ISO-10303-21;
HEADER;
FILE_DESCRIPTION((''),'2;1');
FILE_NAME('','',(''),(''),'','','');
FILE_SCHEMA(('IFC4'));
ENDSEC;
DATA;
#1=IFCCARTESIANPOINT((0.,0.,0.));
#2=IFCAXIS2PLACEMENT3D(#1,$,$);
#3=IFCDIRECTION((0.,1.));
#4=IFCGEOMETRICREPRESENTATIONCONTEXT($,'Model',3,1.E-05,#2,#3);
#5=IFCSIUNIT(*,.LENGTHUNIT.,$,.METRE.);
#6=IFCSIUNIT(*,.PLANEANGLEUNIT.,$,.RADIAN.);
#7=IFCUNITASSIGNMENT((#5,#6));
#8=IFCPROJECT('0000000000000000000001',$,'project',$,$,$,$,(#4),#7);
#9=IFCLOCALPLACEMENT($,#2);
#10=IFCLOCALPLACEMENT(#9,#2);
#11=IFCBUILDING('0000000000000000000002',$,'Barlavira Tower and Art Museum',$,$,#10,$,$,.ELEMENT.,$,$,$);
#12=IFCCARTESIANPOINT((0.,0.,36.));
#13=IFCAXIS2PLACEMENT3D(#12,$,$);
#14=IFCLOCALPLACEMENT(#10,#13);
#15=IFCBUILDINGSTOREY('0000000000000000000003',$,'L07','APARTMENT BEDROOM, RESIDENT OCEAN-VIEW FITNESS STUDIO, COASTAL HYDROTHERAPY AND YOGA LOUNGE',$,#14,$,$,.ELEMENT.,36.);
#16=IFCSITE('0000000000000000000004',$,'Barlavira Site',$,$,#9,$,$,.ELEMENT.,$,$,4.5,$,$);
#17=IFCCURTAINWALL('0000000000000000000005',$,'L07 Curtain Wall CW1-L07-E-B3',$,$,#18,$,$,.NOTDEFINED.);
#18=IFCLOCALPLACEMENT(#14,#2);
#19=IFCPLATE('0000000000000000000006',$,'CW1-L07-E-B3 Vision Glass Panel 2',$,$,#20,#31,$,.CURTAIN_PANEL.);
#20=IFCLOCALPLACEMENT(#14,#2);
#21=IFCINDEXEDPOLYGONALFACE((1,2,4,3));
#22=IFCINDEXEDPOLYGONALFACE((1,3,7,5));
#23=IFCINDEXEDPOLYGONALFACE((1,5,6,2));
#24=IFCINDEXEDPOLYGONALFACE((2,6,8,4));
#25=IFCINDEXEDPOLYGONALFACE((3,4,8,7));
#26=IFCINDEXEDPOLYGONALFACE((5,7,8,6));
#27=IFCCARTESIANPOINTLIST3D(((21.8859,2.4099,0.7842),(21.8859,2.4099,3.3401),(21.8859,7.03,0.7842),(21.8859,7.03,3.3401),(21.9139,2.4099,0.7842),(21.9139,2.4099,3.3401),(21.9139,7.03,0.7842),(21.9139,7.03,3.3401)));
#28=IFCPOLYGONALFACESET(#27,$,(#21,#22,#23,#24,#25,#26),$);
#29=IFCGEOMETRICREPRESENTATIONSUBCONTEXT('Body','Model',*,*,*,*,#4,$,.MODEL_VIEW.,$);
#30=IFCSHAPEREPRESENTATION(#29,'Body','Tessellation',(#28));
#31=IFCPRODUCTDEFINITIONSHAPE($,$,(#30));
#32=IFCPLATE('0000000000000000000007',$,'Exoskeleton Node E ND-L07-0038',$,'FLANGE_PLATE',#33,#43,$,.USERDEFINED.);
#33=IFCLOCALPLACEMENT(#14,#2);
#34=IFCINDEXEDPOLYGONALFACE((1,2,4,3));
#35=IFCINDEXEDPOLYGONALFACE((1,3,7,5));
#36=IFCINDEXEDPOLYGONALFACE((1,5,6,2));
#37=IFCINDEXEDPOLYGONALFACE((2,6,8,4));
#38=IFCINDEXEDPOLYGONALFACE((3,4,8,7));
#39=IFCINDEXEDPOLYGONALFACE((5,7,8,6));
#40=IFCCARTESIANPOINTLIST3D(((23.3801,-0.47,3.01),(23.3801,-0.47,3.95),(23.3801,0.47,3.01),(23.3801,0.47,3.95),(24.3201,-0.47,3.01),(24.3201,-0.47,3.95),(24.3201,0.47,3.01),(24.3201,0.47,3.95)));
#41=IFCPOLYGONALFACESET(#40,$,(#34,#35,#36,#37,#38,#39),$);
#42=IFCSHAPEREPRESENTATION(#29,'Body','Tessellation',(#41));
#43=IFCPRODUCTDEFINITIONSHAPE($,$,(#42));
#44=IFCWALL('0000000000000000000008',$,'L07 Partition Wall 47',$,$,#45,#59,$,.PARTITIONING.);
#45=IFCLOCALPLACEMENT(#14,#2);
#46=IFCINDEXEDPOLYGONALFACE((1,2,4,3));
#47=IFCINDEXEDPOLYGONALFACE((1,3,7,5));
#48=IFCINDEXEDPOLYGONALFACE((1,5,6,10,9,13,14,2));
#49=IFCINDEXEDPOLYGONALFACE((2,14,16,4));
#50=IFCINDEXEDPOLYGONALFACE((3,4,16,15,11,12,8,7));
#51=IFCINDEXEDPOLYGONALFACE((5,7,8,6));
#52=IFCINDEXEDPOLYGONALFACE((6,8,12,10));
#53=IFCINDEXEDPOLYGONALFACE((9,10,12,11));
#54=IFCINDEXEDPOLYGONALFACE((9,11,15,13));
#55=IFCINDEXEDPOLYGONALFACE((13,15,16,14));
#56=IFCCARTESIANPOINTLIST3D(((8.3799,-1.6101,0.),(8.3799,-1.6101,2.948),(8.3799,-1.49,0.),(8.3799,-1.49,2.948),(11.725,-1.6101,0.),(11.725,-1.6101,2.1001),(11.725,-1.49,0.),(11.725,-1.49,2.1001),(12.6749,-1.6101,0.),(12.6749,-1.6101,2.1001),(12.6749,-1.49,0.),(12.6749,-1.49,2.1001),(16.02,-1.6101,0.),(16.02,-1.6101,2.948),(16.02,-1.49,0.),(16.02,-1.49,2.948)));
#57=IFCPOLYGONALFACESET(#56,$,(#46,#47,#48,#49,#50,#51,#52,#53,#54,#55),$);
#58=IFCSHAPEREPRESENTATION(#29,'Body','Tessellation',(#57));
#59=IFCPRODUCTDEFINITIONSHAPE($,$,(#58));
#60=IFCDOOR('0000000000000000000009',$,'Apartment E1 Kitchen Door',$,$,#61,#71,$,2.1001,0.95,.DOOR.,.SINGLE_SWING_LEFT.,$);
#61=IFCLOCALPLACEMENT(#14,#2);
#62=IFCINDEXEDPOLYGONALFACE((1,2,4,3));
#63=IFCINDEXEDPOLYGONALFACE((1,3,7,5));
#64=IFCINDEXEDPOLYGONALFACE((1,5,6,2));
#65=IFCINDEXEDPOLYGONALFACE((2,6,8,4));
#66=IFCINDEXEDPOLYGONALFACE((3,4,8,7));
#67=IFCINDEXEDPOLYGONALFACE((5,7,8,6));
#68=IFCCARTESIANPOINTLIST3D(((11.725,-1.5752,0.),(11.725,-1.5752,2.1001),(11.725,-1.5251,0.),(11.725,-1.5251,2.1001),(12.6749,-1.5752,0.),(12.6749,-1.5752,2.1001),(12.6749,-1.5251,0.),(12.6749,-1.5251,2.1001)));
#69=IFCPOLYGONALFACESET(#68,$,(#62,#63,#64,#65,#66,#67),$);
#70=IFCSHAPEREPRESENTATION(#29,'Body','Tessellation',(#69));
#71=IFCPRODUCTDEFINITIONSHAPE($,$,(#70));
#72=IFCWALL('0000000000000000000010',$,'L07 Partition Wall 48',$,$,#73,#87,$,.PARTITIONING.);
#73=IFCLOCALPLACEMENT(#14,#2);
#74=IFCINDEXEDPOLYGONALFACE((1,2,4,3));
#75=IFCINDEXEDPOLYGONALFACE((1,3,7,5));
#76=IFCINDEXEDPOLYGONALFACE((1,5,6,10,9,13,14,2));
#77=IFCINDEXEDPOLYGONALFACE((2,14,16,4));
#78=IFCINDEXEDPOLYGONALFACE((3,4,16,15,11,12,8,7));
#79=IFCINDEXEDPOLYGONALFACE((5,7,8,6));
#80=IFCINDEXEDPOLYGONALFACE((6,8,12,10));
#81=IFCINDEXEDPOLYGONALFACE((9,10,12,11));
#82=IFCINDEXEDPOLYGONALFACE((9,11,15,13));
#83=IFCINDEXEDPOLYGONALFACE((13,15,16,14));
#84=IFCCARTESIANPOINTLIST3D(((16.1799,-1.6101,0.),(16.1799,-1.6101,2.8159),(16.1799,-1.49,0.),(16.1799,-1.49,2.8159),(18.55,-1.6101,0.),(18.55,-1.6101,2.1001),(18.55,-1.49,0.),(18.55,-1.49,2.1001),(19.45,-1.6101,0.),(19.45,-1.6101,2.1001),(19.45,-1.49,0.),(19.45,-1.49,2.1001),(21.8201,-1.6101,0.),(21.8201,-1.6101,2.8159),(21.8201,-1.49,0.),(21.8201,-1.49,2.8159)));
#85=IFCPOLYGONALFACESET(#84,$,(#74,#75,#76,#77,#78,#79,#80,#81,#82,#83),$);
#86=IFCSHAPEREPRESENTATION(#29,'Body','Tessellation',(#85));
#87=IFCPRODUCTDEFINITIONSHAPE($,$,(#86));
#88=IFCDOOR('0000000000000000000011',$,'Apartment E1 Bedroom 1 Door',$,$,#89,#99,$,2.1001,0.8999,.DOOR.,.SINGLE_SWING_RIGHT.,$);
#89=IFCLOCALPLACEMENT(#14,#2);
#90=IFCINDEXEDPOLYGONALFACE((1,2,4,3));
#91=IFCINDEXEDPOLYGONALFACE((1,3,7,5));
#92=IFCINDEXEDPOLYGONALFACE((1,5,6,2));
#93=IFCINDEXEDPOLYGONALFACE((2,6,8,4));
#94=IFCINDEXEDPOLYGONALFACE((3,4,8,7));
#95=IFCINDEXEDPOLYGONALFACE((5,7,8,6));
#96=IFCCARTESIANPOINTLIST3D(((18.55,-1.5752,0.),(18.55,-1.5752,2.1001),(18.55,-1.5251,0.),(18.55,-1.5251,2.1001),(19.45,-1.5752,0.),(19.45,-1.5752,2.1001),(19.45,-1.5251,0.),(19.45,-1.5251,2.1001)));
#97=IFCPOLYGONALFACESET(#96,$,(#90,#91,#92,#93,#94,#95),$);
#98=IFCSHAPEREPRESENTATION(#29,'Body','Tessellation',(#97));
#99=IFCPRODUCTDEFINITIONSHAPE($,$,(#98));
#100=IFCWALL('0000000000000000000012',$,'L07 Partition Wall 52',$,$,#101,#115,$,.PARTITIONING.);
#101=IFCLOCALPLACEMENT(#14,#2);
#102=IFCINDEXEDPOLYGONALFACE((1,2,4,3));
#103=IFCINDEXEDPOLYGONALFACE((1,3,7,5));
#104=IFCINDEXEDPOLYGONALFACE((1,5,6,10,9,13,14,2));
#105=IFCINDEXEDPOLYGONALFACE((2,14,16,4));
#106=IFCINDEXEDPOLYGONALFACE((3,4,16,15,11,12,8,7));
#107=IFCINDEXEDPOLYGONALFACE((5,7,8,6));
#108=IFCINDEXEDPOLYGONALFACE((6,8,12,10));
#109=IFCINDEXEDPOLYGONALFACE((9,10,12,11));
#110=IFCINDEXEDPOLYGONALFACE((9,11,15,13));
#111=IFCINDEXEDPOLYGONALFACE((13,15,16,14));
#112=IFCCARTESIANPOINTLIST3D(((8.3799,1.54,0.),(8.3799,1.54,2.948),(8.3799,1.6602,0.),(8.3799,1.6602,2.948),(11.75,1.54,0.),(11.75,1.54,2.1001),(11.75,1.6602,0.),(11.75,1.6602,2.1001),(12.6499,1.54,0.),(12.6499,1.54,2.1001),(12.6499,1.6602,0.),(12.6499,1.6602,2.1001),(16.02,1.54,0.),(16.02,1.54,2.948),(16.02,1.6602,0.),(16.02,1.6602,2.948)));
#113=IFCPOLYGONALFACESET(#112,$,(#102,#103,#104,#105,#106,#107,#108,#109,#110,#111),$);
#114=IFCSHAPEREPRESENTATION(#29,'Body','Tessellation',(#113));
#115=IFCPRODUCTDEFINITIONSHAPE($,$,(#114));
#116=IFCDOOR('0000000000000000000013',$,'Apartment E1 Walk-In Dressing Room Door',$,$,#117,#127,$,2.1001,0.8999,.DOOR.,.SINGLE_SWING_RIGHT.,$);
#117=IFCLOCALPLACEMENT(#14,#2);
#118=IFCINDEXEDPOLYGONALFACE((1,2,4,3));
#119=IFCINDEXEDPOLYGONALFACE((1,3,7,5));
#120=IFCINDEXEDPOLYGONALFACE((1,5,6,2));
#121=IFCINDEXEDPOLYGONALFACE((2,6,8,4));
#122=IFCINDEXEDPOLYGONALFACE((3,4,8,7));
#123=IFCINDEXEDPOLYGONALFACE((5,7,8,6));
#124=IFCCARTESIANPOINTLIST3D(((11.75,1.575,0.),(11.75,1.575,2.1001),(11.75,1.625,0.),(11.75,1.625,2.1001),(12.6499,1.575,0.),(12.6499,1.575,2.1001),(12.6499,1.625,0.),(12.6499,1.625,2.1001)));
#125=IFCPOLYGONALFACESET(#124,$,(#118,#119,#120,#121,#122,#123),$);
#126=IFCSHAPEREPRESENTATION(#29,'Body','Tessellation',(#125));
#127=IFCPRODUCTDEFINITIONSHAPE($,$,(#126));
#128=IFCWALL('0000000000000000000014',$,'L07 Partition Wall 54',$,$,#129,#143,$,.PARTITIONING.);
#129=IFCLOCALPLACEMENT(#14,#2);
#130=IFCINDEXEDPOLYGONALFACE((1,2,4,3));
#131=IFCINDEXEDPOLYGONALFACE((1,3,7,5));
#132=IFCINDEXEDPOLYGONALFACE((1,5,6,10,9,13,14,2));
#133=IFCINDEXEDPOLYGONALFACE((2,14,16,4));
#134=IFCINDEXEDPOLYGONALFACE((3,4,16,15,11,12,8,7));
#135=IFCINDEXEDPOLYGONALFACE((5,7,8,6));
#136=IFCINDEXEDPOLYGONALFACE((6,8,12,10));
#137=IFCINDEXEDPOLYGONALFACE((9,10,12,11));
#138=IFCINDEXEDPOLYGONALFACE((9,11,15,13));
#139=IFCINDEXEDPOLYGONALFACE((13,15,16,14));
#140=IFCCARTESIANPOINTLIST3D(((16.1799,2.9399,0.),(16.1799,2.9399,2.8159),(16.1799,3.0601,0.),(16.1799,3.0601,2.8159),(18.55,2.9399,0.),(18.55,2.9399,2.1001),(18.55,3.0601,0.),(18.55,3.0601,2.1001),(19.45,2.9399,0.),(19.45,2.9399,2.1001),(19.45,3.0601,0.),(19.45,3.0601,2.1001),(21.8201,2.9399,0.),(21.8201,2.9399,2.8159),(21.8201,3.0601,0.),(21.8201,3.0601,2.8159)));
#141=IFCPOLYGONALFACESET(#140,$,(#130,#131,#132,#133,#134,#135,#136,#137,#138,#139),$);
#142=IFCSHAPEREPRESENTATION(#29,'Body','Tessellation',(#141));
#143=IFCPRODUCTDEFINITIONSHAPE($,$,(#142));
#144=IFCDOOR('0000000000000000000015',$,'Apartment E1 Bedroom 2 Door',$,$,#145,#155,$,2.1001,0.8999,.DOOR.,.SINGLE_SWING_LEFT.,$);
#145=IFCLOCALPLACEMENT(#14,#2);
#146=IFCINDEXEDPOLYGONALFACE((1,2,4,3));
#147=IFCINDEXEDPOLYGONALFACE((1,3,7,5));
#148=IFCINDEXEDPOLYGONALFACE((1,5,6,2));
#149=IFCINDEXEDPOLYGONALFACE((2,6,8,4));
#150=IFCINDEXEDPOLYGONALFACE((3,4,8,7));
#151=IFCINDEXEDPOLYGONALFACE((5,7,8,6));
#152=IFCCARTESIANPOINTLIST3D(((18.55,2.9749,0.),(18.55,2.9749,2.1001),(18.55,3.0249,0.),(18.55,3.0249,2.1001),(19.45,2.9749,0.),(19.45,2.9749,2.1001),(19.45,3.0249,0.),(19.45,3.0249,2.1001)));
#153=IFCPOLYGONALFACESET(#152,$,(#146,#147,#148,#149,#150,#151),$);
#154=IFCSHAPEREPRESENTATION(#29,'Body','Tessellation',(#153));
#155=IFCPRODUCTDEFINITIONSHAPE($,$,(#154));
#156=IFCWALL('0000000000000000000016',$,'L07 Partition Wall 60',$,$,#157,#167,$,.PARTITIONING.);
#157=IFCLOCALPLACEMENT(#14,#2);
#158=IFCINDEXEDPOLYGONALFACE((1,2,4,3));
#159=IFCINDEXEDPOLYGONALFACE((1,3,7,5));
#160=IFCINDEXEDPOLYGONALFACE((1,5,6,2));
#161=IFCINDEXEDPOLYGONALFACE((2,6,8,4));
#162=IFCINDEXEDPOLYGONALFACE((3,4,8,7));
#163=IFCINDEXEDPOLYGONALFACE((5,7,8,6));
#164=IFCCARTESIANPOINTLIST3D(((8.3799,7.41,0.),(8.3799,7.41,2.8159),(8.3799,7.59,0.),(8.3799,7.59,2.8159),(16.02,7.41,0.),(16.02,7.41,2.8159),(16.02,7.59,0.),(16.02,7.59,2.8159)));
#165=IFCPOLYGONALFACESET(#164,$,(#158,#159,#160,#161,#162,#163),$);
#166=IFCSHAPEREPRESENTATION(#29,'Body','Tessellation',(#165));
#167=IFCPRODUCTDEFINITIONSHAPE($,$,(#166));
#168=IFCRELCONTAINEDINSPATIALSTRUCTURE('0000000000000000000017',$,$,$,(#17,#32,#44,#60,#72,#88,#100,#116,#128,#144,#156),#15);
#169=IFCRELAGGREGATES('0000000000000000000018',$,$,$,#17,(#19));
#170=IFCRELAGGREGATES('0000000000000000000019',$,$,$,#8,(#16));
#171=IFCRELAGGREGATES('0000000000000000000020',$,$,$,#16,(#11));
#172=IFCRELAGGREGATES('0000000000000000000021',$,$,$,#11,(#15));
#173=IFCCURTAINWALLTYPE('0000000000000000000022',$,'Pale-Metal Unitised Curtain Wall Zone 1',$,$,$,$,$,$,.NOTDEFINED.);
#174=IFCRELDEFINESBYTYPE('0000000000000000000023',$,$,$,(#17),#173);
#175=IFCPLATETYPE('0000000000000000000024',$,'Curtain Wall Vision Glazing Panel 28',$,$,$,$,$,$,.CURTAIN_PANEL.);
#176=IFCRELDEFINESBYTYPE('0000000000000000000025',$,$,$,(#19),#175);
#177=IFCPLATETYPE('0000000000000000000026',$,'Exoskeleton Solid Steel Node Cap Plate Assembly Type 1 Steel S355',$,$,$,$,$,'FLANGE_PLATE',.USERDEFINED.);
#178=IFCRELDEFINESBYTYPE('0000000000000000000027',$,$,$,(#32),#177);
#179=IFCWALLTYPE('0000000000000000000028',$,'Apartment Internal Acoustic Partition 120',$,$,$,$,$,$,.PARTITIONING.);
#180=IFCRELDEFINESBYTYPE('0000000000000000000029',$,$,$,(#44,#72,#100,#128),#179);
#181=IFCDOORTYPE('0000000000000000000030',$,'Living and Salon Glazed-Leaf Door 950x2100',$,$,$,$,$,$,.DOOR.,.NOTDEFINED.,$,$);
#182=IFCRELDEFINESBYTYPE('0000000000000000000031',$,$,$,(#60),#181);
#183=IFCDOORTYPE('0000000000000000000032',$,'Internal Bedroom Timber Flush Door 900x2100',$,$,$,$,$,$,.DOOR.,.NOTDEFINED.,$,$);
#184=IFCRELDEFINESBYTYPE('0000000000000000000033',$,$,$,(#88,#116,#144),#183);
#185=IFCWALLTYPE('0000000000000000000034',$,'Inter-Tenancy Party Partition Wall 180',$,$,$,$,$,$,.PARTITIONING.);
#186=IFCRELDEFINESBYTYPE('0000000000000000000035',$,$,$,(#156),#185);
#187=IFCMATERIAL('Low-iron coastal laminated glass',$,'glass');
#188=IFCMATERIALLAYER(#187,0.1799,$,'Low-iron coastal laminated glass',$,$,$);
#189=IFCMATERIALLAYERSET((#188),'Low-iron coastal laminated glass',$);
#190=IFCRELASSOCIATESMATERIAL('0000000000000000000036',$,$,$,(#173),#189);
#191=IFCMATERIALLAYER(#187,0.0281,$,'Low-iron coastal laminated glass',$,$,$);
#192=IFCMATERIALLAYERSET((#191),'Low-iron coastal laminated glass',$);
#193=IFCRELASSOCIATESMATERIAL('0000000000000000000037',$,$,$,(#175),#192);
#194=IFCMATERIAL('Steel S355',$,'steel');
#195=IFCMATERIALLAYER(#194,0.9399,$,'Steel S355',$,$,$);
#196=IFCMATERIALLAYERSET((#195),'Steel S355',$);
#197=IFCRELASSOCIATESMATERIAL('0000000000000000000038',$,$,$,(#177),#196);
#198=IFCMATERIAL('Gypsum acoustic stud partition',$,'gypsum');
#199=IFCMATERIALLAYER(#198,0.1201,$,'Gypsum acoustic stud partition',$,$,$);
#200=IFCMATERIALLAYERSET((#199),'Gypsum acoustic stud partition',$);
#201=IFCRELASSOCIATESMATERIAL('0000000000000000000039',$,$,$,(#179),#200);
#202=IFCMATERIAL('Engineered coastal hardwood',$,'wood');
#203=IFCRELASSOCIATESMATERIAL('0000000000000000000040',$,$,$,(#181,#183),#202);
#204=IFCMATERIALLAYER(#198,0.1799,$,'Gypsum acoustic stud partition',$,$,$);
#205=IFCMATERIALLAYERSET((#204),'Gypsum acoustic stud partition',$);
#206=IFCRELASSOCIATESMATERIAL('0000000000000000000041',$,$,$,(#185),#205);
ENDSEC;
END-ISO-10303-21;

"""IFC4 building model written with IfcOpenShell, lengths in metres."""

from ifc_helpers import new_model, si_unit, direction, frame, frame_2d, origin, origin_2d, place, context, subcontext, project, spatial, rectangle, extrude, material, layer, layer_set, type_object, element, fill, aggregate, save


model = new_model("IFC4")

# Units and contexts
model_context = context("Model", 3, precision=1e-05, world=origin(), true_north=direction((0.0, 1.0)))
body_context = subcontext(model_context, "Body", "Model", "MODEL_VIEW")
ifc_project = project(units=[si_unit("LENGTHUNIT", "METRE"), si_unit("PLANEANGLEUNIT", "RADIAN")], contexts=[model_context])

# Site, building, storey
site_placement = place(None, origin())
site = spatial("IfcSite", under=ifc_project, at=site_placement, Name="Barlavira Site", CompositionType="ELEMENT", RefElevation=4.5)
building_placement = place(site_placement, origin())
building = spatial("IfcBuilding", under=site, at=building_placement, Name="Barlavira Tower and Art Museum", CompositionType="ELEMENT")
storey_placement = place(building_placement, frame((0.0, 0.0, 36.0)))
storey = spatial("IfcBuildingStorey", under=building, at=storey_placement, Name="L07", Description="APARTMENT BEDROOM, RESIDENT OCEAN-VIEW FITNESS STUDIO, COASTAL HYDROTHERAPY AND YOGA LOUNGE", CompositionType="ELEMENT", Elevation=36.0)

# Curtain wall
ifc_material_1 = material(Name="Low-iron coastal laminated glass", Category="glass")
ifc_layer_1 = layer(ifc_material_1, 0.1799, Name="Low-iron coastal laminated glass")
ifc_layer_set_1 = layer_set([ifc_layer_1], Name="Low-iron coastal laminated glass")
curtain_wall_type = type_object("IfcCurtainWallType", Name="Pale-Metal Unitised Curtain Wall Zone 1", PredefinedType="NOTDEFINED", material=ifc_layer_set_1)
curtain_wall_placement = place(storey_placement, origin())
curtain_wall = element("IfcCurtainWall", 1, at=curtain_wall_placement, inside=storey, type_object=curtain_wall_type, Name="L07 Curtain Wall CW1-L07-E-B3", PredefinedType="NOTDEFINED")

# Shared definitions
ifc_material_2 = material(Name="Steel S355", Category="steel")

# Plates
ifc_layer_2 = layer(ifc_material_1, 0.0281, Name="Low-iron coastal laminated glass")
ifc_layer_set_2 = layer_set([ifc_layer_2], Name="Low-iron coastal laminated glass")
plate_type_1 = type_object("IfcPlateType", Name="Curtain Wall Vision Glazing Panel 28", PredefinedType="CURTAIN_PANEL", material=ifc_layer_set_2)
plate_1_placement = place(storey_placement, frame((21.8999, 4.72, 0.7842), z_axis=(0.0, 0.0, 1.0), x_axis=(0.0, 1.0, 0.0)))
plate_1 = element("IfcPlate", 2, at=plate_1_placement, type_object=plate_type_1, Name="CW1-L07-E-B3 Vision Glass Panel 2", PredefinedType="CURTAIN_PANEL", context=body_context, shape_type="SweptSolid", body=[
    extrude(rectangle(XDim=4.6201, YDim=0.0281, at=origin_2d()), origin(), (0.0, 0.0, 1.0), 2.5559),
])
aggregate(curtain_wall, [plate_1])
ifc_layer_3 = layer(ifc_material_2, 0.9399, Name="Steel S355")
ifc_layer_set_3 = layer_set([ifc_layer_3], Name="Steel S355")
plate_type_2 = type_object("IfcPlateType", Name="Exoskeleton Solid Steel Node Cap Plate Assembly Type 1 Steel S355", ElementType="FLANGE_PLATE", PredefinedType="USERDEFINED", material=ifc_layer_set_3)
plate_2_placement = place(storey_placement, frame((23.8501, 0.0, 3.01), z_axis=(0.0, 0.0, 1.0), x_axis=(1.0, 0.0, 0.0)))
element("IfcPlate", 3, at=plate_2_placement, inside=storey, type_object=plate_type_2, Name="Exoskeleton Node E ND-L07-0038", ObjectType="FLANGE_PLATE", PredefinedType="USERDEFINED", context=body_context, shape_type="SweptSolid", body=[
    extrude(rectangle(XDim=0.9399, YDim=0.9399, at=origin_2d()), origin(), (0.0, 0.0, 1.0), 0.9399),
])

# Walls, openings, doors
ifc_material_3 = material(Name="Gypsum acoustic stud partition", Category="gypsum")
ifc_layer_4 = layer(ifc_material_3, 0.1201, Name="Gypsum acoustic stud partition")
ifc_layer_set_4 = layer_set([ifc_layer_4], Name="Gypsum acoustic stud partition")
wall_type_1 = type_object("IfcWallType", Name="Apartment Internal Acoustic Partition 120", PredefinedType="PARTITIONING", material=ifc_layer_set_4)
wall_1_placement = place(storey_placement, frame((8.3799, -1.55, 0.0), z_axis=(0.0, 0.0, 1.0), x_axis=(1.0, 0.0, 0.0)))
wall_1 = element("IfcWall", 4, at=wall_1_placement, inside=storey, type_object=wall_type_1, Name="L07 Partition Wall 47", PredefinedType="PARTITIONING", context=body_context, shape_type="SweptSolid", body=[
    extrude(rectangle(XDim=7.6401, YDim=0.1201, at=frame_2d((3.8201, 0.0))), origin(), (0.0, 0.0, 1.0), 2.948),
])
opening_1_placement = place(wall_1_placement, frame((3.345, 0.0, 0.0)))
opening_1 = element("IfcOpeningElement", 5, at=opening_1_placement, cuts=wall_1, PredefinedType="OPENING", context=body_context, shape_type="SweptSolid", body=[
    extrude(rectangle(XDim=0.95, YDim=2.1001, at=frame_2d((0.4751, 1.05))), frame((0.0, 0.0701, 0.0), z_axis=(0.0, -1.0, 0.0), x_axis=(1.0, 0.0, 0.0)), (0.0, 0.0, 1.0), 0.1401),
])
ifc_material_4 = material(Name="Engineered coastal hardwood", Category="wood")
door_type_1 = type_object("IfcDoorType", Name="Living and Salon Glazed-Leaf Door 950x2100", OperationType="NOTDEFINED", PredefinedType="DOOR", material=ifc_material_4)
door_1_placement = place(opening_1_placement, origin())
door_1 = element("IfcDoor", 6, at=door_1_placement, inside=storey, type_object=door_type_1, Name="Apartment E1 Kitchen Door", OperationType="SINGLE_SWING_LEFT", OverallHeight=2.1001, OverallWidth=0.95, PredefinedType="DOOR", context=body_context, shape_type="SweptSolid", body=[
    extrude(rectangle(XDim=0.95, YDim=2.1001, at=frame_2d((0.4751, 1.05))), frame((0.0, 0.0249, 0.0), z_axis=(0.0, -1.0, 0.0), x_axis=(1.0, 0.0, 0.0)), (0.0, 0.0, 1.0), 0.05),
])
fill(opening_1, door_1)
wall_2_placement = place(storey_placement, frame((16.1799, -1.55, 0.0), z_axis=(0.0, 0.0, 1.0), x_axis=(1.0, 0.0, 0.0)))
wall_2 = element("IfcWall", 7, at=wall_2_placement, inside=storey, type_object=wall_type_1, Name="L07 Partition Wall 48", PredefinedType="PARTITIONING", context=body_context, shape_type="SweptSolid", body=[
    extrude(rectangle(XDim=5.6401, YDim=0.1201, at=frame_2d((2.8201, 0.0))), origin(), (0.0, 0.0, 1.0), 2.8159),
])
opening_2_placement = place(wall_2_placement, frame((2.3701, 0.0, 0.0)))
opening_2 = element("IfcOpeningElement", 8, at=opening_2_placement, cuts=wall_2, PredefinedType="OPENING", context=body_context, shape_type="SweptSolid", body=[
    extrude(rectangle(XDim=0.8999, YDim=2.1001, at=frame_2d((0.45, 1.05))), frame((0.0, 0.0701, 0.0), z_axis=(0.0, -1.0, 0.0), x_axis=(1.0, 0.0, 0.0)), (0.0, 0.0, 1.0), 0.1401),
])
door_type_2 = type_object("IfcDoorType", Name="Internal Bedroom Timber Flush Door 900x2100", OperationType="NOTDEFINED", PredefinedType="DOOR", material=ifc_material_4)
door_2_placement = place(opening_2_placement, origin())
door_2 = element("IfcDoor", 9, at=door_2_placement, inside=storey, type_object=door_type_2, Name="Apartment E1 Bedroom 1 Door", OperationType="SINGLE_SWING_RIGHT", OverallHeight=2.1001, OverallWidth=0.8999, PredefinedType="DOOR", context=body_context, shape_type="SweptSolid", body=[
    extrude(rectangle(XDim=0.8999, YDim=2.1001, at=frame_2d((0.45, 1.05))), frame((0.0, 0.0249, 0.0), z_axis=(0.0, -1.0, 0.0), x_axis=(1.0, 0.0, 0.0)), (0.0, 0.0, 1.0), 0.05),
])
fill(opening_2, door_2)
wall_3_placement = place(storey_placement, frame((8.3799, 1.6001, 0.0), z_axis=(0.0, 0.0, 1.0), x_axis=(1.0, 0.0, 0.0)))
wall_3 = element("IfcWall", 10, at=wall_3_placement, inside=storey, type_object=wall_type_1, Name="L07 Partition Wall 52", PredefinedType="PARTITIONING", context=body_context, shape_type="SweptSolid", body=[
    extrude(rectangle(XDim=7.6401, YDim=0.1201, at=frame_2d((3.8201, 0.0))), origin(), (0.0, 0.0, 1.0), 2.948),
])
opening_3_placement = place(wall_3_placement, frame((3.3701, 0.0, 0.0)))
opening_3 = element("IfcOpeningElement", 11, at=opening_3_placement, cuts=wall_3, PredefinedType="OPENING", context=body_context, shape_type="SweptSolid", body=[
    extrude(rectangle(XDim=0.8999, YDim=2.1001, at=frame_2d((0.45, 1.05))), frame((0.0, 0.0701, 0.0), z_axis=(0.0, -1.0, 0.0), x_axis=(1.0, 0.0, 0.0)), (0.0, 0.0, 1.0), 0.1401),
])
door_3_placement = place(opening_3_placement, origin())
door_3 = element("IfcDoor", 12, at=door_3_placement, inside=storey, type_object=door_type_2, Name="Apartment E1 Walk-In Dressing Room Door", OperationType="SINGLE_SWING_RIGHT", OverallHeight=2.1001, OverallWidth=0.8999, PredefinedType="DOOR", context=body_context, shape_type="SweptSolid", body=[
    extrude(rectangle(XDim=0.8999, YDim=2.1001, at=frame_2d((0.45, 1.05))), frame((0.0, 0.0249, 0.0), z_axis=(0.0, -1.0, 0.0), x_axis=(1.0, 0.0, 0.0)), (0.0, 0.0, 1.0), 0.05),
])
fill(opening_3, door_3)
wall_4_placement = place(storey_placement, frame((16.1799, 3.0, 0.0), z_axis=(0.0, 0.0, 1.0), x_axis=(1.0, 0.0, 0.0)))
wall_4 = element("IfcWall", 13, at=wall_4_placement, inside=storey, type_object=wall_type_1, Name="L07 Partition Wall 54", PredefinedType="PARTITIONING", context=body_context, shape_type="SweptSolid", body=[
    extrude(rectangle(XDim=5.6401, YDim=0.1201, at=frame_2d((2.8201, 0.0))), origin(), (0.0, 0.0, 1.0), 2.8159),
])
opening_4_placement = place(wall_4_placement, frame((2.3701, 0.0, 0.0)))
opening_4 = element("IfcOpeningElement", 14, at=opening_4_placement, cuts=wall_4, PredefinedType="OPENING", context=body_context, shape_type="SweptSolid", body=[
    extrude(rectangle(XDim=0.8999, YDim=2.1001, at=frame_2d((0.45, 1.05))), frame((0.0, 0.0701, 0.0), z_axis=(0.0, -1.0, 0.0), x_axis=(1.0, 0.0, 0.0)), (0.0, 0.0, 1.0), 0.1401),
])
door_4_placement = place(opening_4_placement, origin())
door_4 = element("IfcDoor", 15, at=door_4_placement, inside=storey, type_object=door_type_2, Name="Apartment E1 Bedroom 2 Door", OperationType="SINGLE_SWING_LEFT", OverallHeight=2.1001, OverallWidth=0.8999, PredefinedType="DOOR", context=body_context, shape_type="SweptSolid", body=[
    extrude(rectangle(XDim=0.8999, YDim=2.1001, at=frame_2d((0.45, 1.05))), frame((0.0, 0.0249, 0.0), z_axis=(0.0, -1.0, 0.0), x_axis=(1.0, 0.0, 0.0)), (0.0, 0.0, 1.0), 0.05),
])
fill(opening_4, door_4)

# Wall
ifc_layer_5 = layer(ifc_material_3, 0.1799, Name="Gypsum acoustic stud partition")
ifc_layer_set_5 = layer_set([ifc_layer_5], Name="Gypsum acoustic stud partition")
wall_type_2 = type_object("IfcWallType", Name="Inter-Tenancy Party Partition Wall 180", PredefinedType="PARTITIONING", material=ifc_layer_set_5)
wall_5_placement = place(storey_placement, frame((8.3799, 7.5, 0.0), z_axis=(0.0, 0.0, 1.0), x_axis=(1.0, 0.0, 0.0)))
element("IfcWall", 16, at=wall_5_placement, inside=storey, type_object=wall_type_2, Name="L07 Partition Wall 60", PredefinedType="PARTITIONING", context=body_context, shape_type="SweptSolid", body=[
    extrude(rectangle(XDim=7.6401, YDim=0.1799, at=frame_2d((3.8201, 0.0))), origin(), (0.0, 0.0, 1.0), 2.8159),
])

save(model, "model.ifc")
